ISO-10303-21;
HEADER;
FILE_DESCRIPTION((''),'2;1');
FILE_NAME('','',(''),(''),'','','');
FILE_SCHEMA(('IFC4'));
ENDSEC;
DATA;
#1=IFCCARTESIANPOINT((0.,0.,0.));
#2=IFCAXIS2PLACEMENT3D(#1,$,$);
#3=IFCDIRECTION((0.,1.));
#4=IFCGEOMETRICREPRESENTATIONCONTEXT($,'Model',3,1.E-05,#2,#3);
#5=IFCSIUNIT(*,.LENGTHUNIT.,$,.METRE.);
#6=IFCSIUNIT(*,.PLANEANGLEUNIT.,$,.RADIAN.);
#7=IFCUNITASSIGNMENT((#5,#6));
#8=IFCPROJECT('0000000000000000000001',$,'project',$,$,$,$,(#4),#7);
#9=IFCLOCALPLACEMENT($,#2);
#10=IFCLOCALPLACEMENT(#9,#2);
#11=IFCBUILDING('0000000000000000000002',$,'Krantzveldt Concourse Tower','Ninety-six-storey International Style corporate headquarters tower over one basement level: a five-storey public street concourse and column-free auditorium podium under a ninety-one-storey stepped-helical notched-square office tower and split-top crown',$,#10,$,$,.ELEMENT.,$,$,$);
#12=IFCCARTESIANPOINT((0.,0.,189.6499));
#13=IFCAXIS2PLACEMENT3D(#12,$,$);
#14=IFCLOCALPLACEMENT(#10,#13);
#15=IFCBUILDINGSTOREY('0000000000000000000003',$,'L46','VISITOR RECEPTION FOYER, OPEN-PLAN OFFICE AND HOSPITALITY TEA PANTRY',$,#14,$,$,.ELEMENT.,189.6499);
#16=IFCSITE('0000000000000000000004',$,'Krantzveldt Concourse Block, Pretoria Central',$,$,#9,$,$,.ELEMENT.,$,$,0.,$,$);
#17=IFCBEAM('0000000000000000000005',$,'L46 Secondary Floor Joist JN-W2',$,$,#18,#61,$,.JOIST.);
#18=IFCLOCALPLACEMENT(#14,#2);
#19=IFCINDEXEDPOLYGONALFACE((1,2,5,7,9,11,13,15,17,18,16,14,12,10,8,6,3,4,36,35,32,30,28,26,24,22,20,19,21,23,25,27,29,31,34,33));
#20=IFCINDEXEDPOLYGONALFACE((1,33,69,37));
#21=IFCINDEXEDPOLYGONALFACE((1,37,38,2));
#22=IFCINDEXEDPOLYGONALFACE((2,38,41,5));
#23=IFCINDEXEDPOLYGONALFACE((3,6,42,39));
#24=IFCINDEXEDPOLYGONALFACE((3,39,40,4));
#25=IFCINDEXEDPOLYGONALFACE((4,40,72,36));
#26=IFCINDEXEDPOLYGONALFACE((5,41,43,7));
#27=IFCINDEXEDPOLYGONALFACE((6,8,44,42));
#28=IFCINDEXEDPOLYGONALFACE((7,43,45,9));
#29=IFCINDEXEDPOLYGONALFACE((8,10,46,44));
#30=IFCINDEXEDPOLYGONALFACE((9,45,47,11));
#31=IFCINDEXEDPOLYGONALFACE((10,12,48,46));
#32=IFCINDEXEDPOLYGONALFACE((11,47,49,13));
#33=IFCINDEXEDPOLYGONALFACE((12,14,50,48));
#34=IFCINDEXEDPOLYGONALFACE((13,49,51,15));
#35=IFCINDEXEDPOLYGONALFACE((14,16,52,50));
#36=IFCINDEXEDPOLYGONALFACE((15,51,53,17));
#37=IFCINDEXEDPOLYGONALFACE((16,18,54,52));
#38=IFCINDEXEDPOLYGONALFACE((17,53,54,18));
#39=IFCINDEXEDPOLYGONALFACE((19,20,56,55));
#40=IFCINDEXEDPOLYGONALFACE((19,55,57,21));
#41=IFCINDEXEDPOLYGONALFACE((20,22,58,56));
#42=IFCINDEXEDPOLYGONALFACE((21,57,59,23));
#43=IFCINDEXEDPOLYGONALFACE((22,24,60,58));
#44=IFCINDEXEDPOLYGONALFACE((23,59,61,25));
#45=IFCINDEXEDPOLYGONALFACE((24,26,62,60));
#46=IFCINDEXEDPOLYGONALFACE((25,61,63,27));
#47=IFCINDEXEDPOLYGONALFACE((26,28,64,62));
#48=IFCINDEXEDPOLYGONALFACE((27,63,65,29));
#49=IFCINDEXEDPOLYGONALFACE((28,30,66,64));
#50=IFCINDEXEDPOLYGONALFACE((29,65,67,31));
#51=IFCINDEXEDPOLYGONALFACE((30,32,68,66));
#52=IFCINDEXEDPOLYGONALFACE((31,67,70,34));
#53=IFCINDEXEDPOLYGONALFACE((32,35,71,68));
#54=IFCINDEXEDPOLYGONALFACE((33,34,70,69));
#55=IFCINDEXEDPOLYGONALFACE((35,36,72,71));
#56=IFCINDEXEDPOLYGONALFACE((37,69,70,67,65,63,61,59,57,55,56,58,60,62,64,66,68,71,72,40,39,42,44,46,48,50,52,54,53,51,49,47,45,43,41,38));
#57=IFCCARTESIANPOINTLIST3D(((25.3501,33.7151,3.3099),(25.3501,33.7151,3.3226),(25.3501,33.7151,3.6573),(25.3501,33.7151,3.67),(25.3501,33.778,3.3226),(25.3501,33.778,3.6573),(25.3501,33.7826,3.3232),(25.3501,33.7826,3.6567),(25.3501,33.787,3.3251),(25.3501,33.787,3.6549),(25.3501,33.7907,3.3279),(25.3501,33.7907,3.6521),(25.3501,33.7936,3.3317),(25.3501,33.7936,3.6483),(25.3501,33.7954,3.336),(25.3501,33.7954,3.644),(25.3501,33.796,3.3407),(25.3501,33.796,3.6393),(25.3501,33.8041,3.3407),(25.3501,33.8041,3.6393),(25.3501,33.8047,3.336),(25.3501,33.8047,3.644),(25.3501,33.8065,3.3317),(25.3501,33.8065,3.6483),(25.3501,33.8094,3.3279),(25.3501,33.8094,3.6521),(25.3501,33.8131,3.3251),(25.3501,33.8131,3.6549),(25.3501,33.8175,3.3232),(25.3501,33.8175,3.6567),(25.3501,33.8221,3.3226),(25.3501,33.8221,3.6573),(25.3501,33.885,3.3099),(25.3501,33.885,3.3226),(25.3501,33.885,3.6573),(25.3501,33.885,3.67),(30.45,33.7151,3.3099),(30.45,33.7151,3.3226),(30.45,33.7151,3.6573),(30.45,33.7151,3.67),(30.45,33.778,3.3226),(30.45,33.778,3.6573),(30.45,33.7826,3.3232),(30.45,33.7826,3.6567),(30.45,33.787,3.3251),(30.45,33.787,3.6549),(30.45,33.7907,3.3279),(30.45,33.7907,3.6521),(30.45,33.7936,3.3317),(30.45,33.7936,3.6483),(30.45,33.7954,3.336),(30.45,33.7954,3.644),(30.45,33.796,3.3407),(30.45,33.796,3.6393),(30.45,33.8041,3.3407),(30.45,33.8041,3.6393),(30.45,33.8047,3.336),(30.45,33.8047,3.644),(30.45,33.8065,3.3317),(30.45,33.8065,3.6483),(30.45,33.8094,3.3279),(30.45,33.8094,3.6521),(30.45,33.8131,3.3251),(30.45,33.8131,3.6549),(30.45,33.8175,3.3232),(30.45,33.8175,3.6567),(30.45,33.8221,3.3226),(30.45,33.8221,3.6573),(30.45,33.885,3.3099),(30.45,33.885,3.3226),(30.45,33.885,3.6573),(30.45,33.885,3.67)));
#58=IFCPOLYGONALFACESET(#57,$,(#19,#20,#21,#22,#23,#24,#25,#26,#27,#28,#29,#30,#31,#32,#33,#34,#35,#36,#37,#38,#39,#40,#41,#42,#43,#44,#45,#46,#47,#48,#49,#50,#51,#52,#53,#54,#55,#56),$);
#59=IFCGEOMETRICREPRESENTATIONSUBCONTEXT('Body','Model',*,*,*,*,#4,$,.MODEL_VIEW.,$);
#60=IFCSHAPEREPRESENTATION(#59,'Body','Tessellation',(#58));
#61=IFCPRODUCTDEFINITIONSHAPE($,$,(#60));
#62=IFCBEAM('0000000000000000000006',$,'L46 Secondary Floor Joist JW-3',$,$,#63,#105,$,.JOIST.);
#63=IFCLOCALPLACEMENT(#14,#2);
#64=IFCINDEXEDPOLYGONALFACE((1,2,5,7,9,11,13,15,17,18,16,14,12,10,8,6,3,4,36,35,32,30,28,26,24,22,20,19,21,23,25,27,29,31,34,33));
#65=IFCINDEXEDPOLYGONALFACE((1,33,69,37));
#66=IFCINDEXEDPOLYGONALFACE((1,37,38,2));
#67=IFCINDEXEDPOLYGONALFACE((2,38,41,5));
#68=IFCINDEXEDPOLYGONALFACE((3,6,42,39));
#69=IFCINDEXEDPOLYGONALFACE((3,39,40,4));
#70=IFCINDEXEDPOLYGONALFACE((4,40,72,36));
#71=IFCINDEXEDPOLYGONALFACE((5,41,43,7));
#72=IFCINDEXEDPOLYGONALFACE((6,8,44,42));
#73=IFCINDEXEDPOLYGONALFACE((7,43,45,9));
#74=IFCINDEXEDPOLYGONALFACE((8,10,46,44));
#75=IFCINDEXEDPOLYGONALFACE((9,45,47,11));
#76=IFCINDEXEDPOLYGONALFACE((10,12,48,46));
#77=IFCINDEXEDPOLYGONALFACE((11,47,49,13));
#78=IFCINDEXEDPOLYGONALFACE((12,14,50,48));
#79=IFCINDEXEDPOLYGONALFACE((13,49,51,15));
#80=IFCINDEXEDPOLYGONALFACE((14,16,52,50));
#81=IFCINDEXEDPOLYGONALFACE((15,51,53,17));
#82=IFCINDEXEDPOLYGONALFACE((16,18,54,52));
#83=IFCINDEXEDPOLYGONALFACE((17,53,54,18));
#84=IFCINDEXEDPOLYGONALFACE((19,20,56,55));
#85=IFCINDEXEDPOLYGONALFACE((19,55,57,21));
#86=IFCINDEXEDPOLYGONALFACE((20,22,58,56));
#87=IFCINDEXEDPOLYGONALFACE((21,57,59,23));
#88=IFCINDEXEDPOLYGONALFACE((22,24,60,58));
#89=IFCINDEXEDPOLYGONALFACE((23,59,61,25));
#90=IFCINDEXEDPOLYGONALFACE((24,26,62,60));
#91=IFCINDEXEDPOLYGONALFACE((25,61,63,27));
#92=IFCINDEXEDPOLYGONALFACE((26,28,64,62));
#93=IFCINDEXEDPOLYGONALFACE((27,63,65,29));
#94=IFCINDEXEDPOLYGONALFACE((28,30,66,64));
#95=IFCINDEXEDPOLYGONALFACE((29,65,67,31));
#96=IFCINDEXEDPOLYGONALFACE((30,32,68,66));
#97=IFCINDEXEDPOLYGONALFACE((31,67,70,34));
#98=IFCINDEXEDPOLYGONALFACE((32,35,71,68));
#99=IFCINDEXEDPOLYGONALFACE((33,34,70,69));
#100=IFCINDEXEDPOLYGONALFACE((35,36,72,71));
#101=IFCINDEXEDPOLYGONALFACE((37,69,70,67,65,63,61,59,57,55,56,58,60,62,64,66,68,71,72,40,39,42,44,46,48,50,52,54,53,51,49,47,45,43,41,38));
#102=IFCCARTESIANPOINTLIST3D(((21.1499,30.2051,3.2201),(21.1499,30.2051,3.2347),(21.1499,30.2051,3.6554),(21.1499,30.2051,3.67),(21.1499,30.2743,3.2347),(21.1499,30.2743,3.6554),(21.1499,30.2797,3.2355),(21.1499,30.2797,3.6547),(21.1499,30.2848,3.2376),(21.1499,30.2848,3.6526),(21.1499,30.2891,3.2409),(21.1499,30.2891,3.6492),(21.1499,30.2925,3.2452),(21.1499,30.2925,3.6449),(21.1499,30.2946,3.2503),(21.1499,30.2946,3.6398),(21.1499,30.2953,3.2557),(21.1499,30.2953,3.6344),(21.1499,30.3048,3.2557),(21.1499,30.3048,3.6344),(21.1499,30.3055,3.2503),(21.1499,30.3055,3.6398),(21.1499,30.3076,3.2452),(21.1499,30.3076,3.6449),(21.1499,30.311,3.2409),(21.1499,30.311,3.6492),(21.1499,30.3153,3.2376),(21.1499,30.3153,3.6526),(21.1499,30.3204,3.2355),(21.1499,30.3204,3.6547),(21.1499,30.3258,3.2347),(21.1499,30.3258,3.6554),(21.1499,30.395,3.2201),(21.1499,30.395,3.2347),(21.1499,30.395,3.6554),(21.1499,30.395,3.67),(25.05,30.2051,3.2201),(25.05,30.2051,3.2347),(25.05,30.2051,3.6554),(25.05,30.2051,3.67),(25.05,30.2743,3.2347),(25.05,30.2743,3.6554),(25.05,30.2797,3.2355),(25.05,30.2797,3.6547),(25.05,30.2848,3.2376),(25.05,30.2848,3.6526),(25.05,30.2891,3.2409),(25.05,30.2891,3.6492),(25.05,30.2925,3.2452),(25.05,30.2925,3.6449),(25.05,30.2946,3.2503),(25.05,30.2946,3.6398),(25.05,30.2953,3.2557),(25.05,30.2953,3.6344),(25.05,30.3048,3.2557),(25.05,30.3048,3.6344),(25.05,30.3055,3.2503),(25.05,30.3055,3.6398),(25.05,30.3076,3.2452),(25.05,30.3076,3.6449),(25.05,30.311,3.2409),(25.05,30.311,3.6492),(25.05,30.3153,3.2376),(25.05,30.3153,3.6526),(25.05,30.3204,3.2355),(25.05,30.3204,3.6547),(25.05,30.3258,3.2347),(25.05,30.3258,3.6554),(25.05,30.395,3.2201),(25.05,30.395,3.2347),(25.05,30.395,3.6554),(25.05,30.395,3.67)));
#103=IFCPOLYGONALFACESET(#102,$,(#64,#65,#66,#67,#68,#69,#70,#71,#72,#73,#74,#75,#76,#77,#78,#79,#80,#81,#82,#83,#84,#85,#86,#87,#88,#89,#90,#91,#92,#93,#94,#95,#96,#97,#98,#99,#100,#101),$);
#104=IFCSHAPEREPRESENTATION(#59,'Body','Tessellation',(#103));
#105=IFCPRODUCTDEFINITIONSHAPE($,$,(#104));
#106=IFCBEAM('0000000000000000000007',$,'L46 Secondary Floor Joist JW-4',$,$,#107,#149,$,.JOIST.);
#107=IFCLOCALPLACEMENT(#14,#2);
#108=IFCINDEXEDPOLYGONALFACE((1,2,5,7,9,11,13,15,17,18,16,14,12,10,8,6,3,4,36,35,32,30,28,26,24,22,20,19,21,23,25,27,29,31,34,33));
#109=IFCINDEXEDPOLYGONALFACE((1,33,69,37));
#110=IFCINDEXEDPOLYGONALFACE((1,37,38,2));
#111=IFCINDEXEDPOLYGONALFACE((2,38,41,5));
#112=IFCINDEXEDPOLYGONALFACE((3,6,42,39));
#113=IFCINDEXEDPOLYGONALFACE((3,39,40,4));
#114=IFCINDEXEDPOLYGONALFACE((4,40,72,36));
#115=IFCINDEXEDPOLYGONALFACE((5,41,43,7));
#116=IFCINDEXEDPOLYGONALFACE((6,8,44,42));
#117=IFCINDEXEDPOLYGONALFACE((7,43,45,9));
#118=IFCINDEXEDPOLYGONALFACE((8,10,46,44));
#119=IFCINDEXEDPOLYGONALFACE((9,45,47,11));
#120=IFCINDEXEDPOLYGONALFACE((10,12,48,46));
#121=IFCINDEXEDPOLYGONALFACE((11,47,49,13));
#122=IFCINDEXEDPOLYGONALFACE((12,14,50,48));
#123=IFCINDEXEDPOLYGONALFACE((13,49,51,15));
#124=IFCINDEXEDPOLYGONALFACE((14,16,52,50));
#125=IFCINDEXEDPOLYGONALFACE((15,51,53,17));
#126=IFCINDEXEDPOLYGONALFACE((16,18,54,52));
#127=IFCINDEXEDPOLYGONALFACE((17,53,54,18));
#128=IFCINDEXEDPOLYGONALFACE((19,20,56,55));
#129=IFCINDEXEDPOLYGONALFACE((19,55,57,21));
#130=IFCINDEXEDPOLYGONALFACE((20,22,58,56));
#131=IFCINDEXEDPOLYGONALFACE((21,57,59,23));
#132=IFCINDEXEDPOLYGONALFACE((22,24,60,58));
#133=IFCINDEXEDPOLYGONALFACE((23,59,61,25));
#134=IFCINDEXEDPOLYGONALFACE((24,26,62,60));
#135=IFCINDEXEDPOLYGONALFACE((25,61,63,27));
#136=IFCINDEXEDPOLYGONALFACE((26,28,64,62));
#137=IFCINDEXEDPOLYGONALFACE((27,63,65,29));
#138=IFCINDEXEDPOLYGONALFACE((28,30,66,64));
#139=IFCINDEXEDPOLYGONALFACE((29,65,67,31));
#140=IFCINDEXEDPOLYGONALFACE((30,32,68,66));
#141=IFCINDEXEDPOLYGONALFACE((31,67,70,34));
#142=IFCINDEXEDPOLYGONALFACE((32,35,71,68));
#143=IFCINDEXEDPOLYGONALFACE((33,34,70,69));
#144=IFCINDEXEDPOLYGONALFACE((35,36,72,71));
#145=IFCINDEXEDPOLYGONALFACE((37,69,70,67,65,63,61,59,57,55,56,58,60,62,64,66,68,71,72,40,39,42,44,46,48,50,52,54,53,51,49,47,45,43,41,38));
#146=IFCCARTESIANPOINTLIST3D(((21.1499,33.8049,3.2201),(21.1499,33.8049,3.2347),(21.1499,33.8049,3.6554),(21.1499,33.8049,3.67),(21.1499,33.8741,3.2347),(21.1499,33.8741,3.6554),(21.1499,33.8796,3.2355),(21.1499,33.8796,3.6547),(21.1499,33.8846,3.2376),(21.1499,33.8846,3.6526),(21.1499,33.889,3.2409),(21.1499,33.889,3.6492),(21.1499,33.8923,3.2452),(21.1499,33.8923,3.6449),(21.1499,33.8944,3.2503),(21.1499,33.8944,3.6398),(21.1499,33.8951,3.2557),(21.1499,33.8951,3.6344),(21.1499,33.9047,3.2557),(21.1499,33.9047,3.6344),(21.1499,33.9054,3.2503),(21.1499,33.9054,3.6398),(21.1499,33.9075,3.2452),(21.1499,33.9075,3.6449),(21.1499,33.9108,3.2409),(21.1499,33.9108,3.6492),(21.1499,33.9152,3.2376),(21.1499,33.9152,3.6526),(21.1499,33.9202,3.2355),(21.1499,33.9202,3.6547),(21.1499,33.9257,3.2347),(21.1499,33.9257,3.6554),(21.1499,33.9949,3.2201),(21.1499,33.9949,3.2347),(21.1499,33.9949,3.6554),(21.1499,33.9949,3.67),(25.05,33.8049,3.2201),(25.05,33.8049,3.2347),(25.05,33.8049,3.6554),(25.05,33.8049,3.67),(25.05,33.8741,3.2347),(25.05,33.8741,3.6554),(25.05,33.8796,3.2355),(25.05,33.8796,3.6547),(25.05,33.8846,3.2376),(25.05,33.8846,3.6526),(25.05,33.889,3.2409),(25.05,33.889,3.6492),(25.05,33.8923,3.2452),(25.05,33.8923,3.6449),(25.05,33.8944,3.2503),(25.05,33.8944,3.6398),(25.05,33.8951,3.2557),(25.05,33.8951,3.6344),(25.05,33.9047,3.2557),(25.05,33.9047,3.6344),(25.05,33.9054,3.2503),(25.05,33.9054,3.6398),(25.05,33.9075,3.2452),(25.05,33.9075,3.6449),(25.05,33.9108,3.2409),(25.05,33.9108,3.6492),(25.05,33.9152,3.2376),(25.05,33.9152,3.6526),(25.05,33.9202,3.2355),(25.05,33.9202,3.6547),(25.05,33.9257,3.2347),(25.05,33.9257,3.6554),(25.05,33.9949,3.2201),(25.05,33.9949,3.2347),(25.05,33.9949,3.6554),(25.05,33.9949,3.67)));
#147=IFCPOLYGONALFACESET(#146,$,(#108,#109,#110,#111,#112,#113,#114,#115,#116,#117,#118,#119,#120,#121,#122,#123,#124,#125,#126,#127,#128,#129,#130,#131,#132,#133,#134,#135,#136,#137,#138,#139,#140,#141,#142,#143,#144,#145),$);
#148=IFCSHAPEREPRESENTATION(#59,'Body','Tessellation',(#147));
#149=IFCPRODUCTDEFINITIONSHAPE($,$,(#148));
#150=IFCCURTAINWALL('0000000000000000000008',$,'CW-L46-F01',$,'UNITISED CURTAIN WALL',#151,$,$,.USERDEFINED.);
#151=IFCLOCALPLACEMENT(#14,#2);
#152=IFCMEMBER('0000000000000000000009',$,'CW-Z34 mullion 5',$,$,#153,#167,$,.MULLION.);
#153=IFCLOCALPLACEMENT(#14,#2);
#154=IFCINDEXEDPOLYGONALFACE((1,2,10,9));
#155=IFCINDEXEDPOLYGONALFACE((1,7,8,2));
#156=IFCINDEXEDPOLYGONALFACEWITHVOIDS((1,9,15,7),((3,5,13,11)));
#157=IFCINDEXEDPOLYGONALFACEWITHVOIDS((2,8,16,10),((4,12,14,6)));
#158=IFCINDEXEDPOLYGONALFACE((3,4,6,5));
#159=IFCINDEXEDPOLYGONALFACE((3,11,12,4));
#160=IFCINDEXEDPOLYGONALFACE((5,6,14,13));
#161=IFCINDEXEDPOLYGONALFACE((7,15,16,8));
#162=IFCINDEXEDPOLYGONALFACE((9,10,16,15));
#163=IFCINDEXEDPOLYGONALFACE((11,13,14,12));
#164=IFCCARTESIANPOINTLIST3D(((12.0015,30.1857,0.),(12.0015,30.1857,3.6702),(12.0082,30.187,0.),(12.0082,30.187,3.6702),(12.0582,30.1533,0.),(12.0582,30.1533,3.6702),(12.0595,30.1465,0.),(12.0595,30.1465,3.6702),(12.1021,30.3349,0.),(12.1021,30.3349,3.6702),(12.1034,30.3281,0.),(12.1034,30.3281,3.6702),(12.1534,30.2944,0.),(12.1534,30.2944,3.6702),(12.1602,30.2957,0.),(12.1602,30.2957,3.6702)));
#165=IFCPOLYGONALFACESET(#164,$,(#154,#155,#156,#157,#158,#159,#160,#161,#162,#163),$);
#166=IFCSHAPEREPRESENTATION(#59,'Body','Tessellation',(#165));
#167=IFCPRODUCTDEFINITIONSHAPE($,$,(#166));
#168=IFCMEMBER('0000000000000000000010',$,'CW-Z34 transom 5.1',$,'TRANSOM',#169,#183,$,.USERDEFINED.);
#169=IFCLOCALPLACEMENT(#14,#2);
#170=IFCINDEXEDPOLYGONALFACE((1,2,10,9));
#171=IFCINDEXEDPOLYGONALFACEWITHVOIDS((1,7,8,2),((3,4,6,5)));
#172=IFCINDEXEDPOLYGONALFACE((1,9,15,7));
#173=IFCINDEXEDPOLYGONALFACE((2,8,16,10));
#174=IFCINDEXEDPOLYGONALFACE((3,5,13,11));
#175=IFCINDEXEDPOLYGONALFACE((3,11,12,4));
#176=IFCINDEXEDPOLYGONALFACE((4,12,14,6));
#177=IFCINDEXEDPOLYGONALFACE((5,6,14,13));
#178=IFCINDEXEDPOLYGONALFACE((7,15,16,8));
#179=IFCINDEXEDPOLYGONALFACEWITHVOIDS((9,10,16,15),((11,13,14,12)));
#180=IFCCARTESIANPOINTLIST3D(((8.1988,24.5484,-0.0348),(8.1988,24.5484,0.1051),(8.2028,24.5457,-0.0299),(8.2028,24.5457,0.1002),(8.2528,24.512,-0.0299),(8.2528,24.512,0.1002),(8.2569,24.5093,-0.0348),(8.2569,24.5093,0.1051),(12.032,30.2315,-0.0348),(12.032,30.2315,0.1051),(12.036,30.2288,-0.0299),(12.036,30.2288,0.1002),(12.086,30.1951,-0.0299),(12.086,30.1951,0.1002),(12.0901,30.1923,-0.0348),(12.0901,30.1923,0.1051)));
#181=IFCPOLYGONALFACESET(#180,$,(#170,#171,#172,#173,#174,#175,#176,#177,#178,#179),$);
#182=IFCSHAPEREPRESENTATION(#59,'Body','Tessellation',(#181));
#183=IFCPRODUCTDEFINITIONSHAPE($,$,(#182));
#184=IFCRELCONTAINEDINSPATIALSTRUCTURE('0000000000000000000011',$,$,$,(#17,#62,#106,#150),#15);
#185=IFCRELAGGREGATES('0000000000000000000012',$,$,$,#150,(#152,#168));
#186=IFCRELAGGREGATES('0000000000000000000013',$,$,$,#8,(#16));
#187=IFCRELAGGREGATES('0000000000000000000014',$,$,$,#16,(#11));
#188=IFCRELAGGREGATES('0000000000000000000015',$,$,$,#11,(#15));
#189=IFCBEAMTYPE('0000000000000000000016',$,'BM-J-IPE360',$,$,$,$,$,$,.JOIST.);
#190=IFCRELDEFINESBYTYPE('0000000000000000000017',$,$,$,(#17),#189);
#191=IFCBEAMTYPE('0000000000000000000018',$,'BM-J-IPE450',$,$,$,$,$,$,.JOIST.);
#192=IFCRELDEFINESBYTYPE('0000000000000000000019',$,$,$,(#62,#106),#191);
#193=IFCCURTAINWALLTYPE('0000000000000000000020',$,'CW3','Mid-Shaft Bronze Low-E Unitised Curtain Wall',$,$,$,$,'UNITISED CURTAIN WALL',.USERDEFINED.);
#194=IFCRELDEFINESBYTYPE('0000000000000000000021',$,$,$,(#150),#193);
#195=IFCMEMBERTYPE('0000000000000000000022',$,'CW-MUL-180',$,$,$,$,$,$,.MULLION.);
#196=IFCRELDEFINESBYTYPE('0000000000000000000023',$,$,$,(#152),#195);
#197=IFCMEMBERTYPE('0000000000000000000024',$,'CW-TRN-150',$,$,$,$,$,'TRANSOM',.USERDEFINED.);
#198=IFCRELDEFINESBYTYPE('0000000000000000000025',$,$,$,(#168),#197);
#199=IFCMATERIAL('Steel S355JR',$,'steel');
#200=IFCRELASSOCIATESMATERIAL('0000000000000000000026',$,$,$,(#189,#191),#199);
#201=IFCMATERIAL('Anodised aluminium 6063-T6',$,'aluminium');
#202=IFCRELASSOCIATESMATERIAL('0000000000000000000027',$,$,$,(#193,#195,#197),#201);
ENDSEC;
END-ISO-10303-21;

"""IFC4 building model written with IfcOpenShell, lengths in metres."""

from ifc_helpers import new_model, si_unit, direction, frame, origin, origin_2d, place, context, subcontext, project, spatial, hollow_rectangle, i_section, extrude, source, transform, mapped, material, material_profile, profile_set, type_object, type_shapes, element, aggregate, save


model = new_model("IFC4")

# Units and contexts
model_context = context("Model", 3, precision=1e-05, world=origin(), true_north=direction((0.0, 1.0)))
body_context = subcontext(model_context, "Body", "Model", "MODEL_VIEW")
ifc_project = project(units=[si_unit("LENGTHUNIT", "METRE"), si_unit("PLANEANGLEUNIT", "RADIAN")], contexts=[model_context])

# Site, building, storey
site_placement = place(None, origin())
site = spatial("IfcSite", under=ifc_project, at=site_placement, Name="Krantzveldt Concourse Block, Pretoria Central", CompositionType="ELEMENT", RefElevation=0.0)
building_placement = place(site_placement, origin())
building = spatial("IfcBuilding", under=site, at=building_placement, Name="Krantzveldt Concourse Tower", Description="Ninety-six-storey International Style corporate headquarters tower over one basement level: a five-storey public street concourse and column-free auditorium podium under a ninety-one-storey stepped-helical notched-square office tower and split-top crown", CompositionType="ELEMENT")
storey_placement = place(building_placement, frame((0.0, 0.0, 189.6499)))
storey = spatial("IfcBuildingStorey", under=building, at=storey_placement, Name="L46", Description="VISITOR RECEPTION FOYER, OPEN-PLAN OFFICE AND HOSPITALITY TEA PANTRY", CompositionType="ELEMENT", Elevation=189.6499)

# Beams
ifc_material_1 = material(Name="Steel S355JR", Category="steel")
ifc_material_profile_1 = material_profile(ifc_material_1, i_section(OverallWidth=0.1699, OverallDepth=0.3601, WebThickness=0.0081, FlangeThickness=0.0127, FilletRadius=0.0181, at=origin_2d()), Name="Steel S355JR", Category="steel")
ifc_profile_set_1 = profile_set([ifc_material_profile_1], Name="Steel S355JR - IPE 360")
beam_type_1 = type_object("IfcBeamType", Name="BM-J-IPE360", PredefinedType="JOIST", material=ifc_profile_set_1)
shared_shape_1 = source(origin(), body_context, "Body", "SweptSolid", [
    extrude(i_section(OverallWidth=0.1699, OverallDepth=0.3601, WebThickness=0.0081, FlangeThickness=0.0127, FilletRadius=0.0181, at=origin_2d()), origin(), (0.0, 0.0, 1.0), 5.0999),
])
type_shapes(beam_type_1, [shared_shape_1])
for number, where, z_axis, x_axis, name in (
    (1, (25.3501, 33.8, 3.49), (1.0, 0.0, 0.0), (0.0, 1.0, 0.0), "L46 Secondary Floor Joist JN-W2"),
):
    element("IfcBeam", number, at=place(storey_placement, frame(where, z_axis=z_axis, x_axis=x_axis)), inside=storey, type_object=beam_type_1, Name=name, PredefinedType="JOIST", context=body_context, shape_type="MappedRepresentation", body=[
        mapped(shared_shape_1, transform((0.0, 0.0, 0.0), x_axis=(1.0, 0.0, 0.0), y_axis=(0.0, 1.0, 0.0), z_axis=(0.0, 0.0, 1.0), scale=1.0)),
    ])
ifc_material_profile_2 = material_profile(ifc_material_1, i_section(OverallWidth=0.1899, OverallDepth=0.45, WebThickness=0.0095, FlangeThickness=0.0146, FilletRadius=0.021, at=origin_2d()), Name="Steel S355JR", Category="steel")
ifc_profile_set_2 = profile_set([ifc_material_profile_2], Name="Steel S355JR - IPE 450")
beam_type_2 = type_object("IfcBeamType", Name="BM-J-IPE450", PredefinedType="JOIST", material=ifc_profile_set_2)
shared_shape_2 = source(origin(), body_context, "Body", "SweptSolid", [
    extrude(i_section(OverallWidth=0.1899, OverallDepth=0.45, WebThickness=0.0095, FlangeThickness=0.0146, FilletRadius=0.021, at=origin_2d()), origin(), (0.0, 0.0, 1.0), 3.9001),
])
type_shapes(beam_type_2, [shared_shape_2])
for number, where, z_axis, x_axis, name in (
    (2, (21.1499, 30.3, 3.4451), (1.0, 0.0, 0.0), (0.0, 1.0, 0.0), "L46 Secondary Floor Joist JW-3"),
    (3, (21.1499, 33.8999, 3.4451), (1.0, 0.0, 0.0), (0.0, 1.0, 0.0), "L46 Secondary Floor Joist JW-4"),
):
    element("IfcBeam", number, at=place(storey_placement, frame(where, z_axis=z_axis, x_axis=x_axis)), inside=storey, type_object=beam_type_2, Name=name, PredefinedType="JOIST", context=body_context, shape_type="MappedRepresentation", body=[
        mapped(shared_shape_2, transform((0.0, 0.0, 0.0), x_axis=(1.0, 0.0, 0.0), y_axis=(0.0, 1.0, 0.0), z_axis=(0.0, 0.0, 1.0), scale=1.0)),
    ])

# Curtain wall, members
ifc_material_2 = material(Name="Anodised aluminium 6063-T6", Category="aluminium")
curtain_wall_type = type_object("IfcCurtainWallType", Name="CW3", Description="Mid-Shaft Bronze Low-E Unitised Curtain Wall", ElementType="UNITISED CURTAIN WALL", PredefinedType="USERDEFINED", material=ifc_material_2)
curtain_wall_placement = place(storey_placement, origin())
curtain_wall = element("IfcCurtainWall", 4, at=curtain_wall_placement, inside=storey, type_object=curtain_wall_type, Name="CW-L46-F01", ObjectType="UNITISED CURTAIN WALL", PredefinedType="USERDEFINED")
ifc_material_profile_3 = material_profile(ifc_material_2, hollow_rectangle(XDim=0.0701, YDim=0.1799, WallThickness=0.0049, at=origin_2d()), Name="Anodised aluminium 6063-T6", Category="aluminium")
ifc_profile_set_3 = profile_set([ifc_material_profile_3], Name="Anodised aluminium 6063-T6 - ALU-MULL 180x70x5")
member_type_1 = type_object("IfcMemberType", Name="CW-MUL-180", PredefinedType="MULLION", material=ifc_profile_set_3)
shared_shape_3 = source(origin(), body_context, "Body", "SweptSolid", [
    extrude(hollow_rectangle(XDim=0.0701, YDim=0.1799, WallThickness=0.0049, at=origin_2d()), origin(), (0.0, 0.0, 1.0), 3.6702),
])
type_shapes(member_type_1, [shared_shape_3])
member_1_placement = place(storey_placement, frame((12.0808, 30.2407, 0.0), z_axis=(0.0, 0.0, 1.0), x_axis=(0.829038, -0.559193, 0.0)))
member_1 = element("IfcMember", 5, at=member_1_placement, type_object=member_type_1, Name="CW-Z34 mullion 5", PredefinedType="MULLION", context=body_context, shape_type="MappedRepresentation", body=[
    mapped(shared_shape_3, transform((0.0, 0.0, 0.0), x_axis=(1.0, 0.0, 0.0), y_axis=(0.0, 1.0, 0.0), z_axis=(0.0, 0.0, 1.0), scale=1.0)),
])
ifc_material_profile_4 = material_profile(ifc_material_2, hollow_rectangle(XDim=0.0701, YDim=0.1399, WallThickness=0.0049, at=origin_2d()), Name="Anodised aluminium 6063-T6", Category="aluminium")
ifc_profile_set_4 = profile_set([ifc_material_profile_4], Name="Anodised aluminium 6063-T6 - ALU-TRAN 140x70x5")
member_type_2 = type_object("IfcMemberType", Name="CW-TRN-150", ElementType="TRANSOM", PredefinedType="USERDEFINED", material=ifc_profile_set_4)
shared_shape_4 = source(origin(), body_context, "Body", "SweptSolid", [
    extrude(hollow_rectangle(XDim=0.0701, YDim=0.1399, WallThickness=0.0049, at=origin_2d()), origin(), (0.0, 0.0, 1.0), 6.855),
])
type_shapes(member_type_2, [shared_shape_4])
member_2_placement = place(storey_placement, frame((12.061, 30.2119, 0.0352), z_axis=(-0.559188, -0.829041, 0.0), x_axis=(0.829041, -0.559188, 0.0)))
member_2 = element("IfcMember", 6, at=member_2_placement, type_object=member_type_2, Name="CW-Z34 transom 5.1", ObjectType="TRANSOM", PredefinedType="USERDEFINED", context=body_context, shape_type="MappedRepresentation", body=[
    mapped(shared_shape_4, transform((0.0, 0.0, 0.0), x_axis=(1.0, 0.0, 0.0), y_axis=(0.0, 1.0, 0.0), z_axis=(0.0, 0.0, 1.0), scale=1.0)),
])
aggregate(curtain_wall, [member_1, member_2])

save(model, "model.ifc")
